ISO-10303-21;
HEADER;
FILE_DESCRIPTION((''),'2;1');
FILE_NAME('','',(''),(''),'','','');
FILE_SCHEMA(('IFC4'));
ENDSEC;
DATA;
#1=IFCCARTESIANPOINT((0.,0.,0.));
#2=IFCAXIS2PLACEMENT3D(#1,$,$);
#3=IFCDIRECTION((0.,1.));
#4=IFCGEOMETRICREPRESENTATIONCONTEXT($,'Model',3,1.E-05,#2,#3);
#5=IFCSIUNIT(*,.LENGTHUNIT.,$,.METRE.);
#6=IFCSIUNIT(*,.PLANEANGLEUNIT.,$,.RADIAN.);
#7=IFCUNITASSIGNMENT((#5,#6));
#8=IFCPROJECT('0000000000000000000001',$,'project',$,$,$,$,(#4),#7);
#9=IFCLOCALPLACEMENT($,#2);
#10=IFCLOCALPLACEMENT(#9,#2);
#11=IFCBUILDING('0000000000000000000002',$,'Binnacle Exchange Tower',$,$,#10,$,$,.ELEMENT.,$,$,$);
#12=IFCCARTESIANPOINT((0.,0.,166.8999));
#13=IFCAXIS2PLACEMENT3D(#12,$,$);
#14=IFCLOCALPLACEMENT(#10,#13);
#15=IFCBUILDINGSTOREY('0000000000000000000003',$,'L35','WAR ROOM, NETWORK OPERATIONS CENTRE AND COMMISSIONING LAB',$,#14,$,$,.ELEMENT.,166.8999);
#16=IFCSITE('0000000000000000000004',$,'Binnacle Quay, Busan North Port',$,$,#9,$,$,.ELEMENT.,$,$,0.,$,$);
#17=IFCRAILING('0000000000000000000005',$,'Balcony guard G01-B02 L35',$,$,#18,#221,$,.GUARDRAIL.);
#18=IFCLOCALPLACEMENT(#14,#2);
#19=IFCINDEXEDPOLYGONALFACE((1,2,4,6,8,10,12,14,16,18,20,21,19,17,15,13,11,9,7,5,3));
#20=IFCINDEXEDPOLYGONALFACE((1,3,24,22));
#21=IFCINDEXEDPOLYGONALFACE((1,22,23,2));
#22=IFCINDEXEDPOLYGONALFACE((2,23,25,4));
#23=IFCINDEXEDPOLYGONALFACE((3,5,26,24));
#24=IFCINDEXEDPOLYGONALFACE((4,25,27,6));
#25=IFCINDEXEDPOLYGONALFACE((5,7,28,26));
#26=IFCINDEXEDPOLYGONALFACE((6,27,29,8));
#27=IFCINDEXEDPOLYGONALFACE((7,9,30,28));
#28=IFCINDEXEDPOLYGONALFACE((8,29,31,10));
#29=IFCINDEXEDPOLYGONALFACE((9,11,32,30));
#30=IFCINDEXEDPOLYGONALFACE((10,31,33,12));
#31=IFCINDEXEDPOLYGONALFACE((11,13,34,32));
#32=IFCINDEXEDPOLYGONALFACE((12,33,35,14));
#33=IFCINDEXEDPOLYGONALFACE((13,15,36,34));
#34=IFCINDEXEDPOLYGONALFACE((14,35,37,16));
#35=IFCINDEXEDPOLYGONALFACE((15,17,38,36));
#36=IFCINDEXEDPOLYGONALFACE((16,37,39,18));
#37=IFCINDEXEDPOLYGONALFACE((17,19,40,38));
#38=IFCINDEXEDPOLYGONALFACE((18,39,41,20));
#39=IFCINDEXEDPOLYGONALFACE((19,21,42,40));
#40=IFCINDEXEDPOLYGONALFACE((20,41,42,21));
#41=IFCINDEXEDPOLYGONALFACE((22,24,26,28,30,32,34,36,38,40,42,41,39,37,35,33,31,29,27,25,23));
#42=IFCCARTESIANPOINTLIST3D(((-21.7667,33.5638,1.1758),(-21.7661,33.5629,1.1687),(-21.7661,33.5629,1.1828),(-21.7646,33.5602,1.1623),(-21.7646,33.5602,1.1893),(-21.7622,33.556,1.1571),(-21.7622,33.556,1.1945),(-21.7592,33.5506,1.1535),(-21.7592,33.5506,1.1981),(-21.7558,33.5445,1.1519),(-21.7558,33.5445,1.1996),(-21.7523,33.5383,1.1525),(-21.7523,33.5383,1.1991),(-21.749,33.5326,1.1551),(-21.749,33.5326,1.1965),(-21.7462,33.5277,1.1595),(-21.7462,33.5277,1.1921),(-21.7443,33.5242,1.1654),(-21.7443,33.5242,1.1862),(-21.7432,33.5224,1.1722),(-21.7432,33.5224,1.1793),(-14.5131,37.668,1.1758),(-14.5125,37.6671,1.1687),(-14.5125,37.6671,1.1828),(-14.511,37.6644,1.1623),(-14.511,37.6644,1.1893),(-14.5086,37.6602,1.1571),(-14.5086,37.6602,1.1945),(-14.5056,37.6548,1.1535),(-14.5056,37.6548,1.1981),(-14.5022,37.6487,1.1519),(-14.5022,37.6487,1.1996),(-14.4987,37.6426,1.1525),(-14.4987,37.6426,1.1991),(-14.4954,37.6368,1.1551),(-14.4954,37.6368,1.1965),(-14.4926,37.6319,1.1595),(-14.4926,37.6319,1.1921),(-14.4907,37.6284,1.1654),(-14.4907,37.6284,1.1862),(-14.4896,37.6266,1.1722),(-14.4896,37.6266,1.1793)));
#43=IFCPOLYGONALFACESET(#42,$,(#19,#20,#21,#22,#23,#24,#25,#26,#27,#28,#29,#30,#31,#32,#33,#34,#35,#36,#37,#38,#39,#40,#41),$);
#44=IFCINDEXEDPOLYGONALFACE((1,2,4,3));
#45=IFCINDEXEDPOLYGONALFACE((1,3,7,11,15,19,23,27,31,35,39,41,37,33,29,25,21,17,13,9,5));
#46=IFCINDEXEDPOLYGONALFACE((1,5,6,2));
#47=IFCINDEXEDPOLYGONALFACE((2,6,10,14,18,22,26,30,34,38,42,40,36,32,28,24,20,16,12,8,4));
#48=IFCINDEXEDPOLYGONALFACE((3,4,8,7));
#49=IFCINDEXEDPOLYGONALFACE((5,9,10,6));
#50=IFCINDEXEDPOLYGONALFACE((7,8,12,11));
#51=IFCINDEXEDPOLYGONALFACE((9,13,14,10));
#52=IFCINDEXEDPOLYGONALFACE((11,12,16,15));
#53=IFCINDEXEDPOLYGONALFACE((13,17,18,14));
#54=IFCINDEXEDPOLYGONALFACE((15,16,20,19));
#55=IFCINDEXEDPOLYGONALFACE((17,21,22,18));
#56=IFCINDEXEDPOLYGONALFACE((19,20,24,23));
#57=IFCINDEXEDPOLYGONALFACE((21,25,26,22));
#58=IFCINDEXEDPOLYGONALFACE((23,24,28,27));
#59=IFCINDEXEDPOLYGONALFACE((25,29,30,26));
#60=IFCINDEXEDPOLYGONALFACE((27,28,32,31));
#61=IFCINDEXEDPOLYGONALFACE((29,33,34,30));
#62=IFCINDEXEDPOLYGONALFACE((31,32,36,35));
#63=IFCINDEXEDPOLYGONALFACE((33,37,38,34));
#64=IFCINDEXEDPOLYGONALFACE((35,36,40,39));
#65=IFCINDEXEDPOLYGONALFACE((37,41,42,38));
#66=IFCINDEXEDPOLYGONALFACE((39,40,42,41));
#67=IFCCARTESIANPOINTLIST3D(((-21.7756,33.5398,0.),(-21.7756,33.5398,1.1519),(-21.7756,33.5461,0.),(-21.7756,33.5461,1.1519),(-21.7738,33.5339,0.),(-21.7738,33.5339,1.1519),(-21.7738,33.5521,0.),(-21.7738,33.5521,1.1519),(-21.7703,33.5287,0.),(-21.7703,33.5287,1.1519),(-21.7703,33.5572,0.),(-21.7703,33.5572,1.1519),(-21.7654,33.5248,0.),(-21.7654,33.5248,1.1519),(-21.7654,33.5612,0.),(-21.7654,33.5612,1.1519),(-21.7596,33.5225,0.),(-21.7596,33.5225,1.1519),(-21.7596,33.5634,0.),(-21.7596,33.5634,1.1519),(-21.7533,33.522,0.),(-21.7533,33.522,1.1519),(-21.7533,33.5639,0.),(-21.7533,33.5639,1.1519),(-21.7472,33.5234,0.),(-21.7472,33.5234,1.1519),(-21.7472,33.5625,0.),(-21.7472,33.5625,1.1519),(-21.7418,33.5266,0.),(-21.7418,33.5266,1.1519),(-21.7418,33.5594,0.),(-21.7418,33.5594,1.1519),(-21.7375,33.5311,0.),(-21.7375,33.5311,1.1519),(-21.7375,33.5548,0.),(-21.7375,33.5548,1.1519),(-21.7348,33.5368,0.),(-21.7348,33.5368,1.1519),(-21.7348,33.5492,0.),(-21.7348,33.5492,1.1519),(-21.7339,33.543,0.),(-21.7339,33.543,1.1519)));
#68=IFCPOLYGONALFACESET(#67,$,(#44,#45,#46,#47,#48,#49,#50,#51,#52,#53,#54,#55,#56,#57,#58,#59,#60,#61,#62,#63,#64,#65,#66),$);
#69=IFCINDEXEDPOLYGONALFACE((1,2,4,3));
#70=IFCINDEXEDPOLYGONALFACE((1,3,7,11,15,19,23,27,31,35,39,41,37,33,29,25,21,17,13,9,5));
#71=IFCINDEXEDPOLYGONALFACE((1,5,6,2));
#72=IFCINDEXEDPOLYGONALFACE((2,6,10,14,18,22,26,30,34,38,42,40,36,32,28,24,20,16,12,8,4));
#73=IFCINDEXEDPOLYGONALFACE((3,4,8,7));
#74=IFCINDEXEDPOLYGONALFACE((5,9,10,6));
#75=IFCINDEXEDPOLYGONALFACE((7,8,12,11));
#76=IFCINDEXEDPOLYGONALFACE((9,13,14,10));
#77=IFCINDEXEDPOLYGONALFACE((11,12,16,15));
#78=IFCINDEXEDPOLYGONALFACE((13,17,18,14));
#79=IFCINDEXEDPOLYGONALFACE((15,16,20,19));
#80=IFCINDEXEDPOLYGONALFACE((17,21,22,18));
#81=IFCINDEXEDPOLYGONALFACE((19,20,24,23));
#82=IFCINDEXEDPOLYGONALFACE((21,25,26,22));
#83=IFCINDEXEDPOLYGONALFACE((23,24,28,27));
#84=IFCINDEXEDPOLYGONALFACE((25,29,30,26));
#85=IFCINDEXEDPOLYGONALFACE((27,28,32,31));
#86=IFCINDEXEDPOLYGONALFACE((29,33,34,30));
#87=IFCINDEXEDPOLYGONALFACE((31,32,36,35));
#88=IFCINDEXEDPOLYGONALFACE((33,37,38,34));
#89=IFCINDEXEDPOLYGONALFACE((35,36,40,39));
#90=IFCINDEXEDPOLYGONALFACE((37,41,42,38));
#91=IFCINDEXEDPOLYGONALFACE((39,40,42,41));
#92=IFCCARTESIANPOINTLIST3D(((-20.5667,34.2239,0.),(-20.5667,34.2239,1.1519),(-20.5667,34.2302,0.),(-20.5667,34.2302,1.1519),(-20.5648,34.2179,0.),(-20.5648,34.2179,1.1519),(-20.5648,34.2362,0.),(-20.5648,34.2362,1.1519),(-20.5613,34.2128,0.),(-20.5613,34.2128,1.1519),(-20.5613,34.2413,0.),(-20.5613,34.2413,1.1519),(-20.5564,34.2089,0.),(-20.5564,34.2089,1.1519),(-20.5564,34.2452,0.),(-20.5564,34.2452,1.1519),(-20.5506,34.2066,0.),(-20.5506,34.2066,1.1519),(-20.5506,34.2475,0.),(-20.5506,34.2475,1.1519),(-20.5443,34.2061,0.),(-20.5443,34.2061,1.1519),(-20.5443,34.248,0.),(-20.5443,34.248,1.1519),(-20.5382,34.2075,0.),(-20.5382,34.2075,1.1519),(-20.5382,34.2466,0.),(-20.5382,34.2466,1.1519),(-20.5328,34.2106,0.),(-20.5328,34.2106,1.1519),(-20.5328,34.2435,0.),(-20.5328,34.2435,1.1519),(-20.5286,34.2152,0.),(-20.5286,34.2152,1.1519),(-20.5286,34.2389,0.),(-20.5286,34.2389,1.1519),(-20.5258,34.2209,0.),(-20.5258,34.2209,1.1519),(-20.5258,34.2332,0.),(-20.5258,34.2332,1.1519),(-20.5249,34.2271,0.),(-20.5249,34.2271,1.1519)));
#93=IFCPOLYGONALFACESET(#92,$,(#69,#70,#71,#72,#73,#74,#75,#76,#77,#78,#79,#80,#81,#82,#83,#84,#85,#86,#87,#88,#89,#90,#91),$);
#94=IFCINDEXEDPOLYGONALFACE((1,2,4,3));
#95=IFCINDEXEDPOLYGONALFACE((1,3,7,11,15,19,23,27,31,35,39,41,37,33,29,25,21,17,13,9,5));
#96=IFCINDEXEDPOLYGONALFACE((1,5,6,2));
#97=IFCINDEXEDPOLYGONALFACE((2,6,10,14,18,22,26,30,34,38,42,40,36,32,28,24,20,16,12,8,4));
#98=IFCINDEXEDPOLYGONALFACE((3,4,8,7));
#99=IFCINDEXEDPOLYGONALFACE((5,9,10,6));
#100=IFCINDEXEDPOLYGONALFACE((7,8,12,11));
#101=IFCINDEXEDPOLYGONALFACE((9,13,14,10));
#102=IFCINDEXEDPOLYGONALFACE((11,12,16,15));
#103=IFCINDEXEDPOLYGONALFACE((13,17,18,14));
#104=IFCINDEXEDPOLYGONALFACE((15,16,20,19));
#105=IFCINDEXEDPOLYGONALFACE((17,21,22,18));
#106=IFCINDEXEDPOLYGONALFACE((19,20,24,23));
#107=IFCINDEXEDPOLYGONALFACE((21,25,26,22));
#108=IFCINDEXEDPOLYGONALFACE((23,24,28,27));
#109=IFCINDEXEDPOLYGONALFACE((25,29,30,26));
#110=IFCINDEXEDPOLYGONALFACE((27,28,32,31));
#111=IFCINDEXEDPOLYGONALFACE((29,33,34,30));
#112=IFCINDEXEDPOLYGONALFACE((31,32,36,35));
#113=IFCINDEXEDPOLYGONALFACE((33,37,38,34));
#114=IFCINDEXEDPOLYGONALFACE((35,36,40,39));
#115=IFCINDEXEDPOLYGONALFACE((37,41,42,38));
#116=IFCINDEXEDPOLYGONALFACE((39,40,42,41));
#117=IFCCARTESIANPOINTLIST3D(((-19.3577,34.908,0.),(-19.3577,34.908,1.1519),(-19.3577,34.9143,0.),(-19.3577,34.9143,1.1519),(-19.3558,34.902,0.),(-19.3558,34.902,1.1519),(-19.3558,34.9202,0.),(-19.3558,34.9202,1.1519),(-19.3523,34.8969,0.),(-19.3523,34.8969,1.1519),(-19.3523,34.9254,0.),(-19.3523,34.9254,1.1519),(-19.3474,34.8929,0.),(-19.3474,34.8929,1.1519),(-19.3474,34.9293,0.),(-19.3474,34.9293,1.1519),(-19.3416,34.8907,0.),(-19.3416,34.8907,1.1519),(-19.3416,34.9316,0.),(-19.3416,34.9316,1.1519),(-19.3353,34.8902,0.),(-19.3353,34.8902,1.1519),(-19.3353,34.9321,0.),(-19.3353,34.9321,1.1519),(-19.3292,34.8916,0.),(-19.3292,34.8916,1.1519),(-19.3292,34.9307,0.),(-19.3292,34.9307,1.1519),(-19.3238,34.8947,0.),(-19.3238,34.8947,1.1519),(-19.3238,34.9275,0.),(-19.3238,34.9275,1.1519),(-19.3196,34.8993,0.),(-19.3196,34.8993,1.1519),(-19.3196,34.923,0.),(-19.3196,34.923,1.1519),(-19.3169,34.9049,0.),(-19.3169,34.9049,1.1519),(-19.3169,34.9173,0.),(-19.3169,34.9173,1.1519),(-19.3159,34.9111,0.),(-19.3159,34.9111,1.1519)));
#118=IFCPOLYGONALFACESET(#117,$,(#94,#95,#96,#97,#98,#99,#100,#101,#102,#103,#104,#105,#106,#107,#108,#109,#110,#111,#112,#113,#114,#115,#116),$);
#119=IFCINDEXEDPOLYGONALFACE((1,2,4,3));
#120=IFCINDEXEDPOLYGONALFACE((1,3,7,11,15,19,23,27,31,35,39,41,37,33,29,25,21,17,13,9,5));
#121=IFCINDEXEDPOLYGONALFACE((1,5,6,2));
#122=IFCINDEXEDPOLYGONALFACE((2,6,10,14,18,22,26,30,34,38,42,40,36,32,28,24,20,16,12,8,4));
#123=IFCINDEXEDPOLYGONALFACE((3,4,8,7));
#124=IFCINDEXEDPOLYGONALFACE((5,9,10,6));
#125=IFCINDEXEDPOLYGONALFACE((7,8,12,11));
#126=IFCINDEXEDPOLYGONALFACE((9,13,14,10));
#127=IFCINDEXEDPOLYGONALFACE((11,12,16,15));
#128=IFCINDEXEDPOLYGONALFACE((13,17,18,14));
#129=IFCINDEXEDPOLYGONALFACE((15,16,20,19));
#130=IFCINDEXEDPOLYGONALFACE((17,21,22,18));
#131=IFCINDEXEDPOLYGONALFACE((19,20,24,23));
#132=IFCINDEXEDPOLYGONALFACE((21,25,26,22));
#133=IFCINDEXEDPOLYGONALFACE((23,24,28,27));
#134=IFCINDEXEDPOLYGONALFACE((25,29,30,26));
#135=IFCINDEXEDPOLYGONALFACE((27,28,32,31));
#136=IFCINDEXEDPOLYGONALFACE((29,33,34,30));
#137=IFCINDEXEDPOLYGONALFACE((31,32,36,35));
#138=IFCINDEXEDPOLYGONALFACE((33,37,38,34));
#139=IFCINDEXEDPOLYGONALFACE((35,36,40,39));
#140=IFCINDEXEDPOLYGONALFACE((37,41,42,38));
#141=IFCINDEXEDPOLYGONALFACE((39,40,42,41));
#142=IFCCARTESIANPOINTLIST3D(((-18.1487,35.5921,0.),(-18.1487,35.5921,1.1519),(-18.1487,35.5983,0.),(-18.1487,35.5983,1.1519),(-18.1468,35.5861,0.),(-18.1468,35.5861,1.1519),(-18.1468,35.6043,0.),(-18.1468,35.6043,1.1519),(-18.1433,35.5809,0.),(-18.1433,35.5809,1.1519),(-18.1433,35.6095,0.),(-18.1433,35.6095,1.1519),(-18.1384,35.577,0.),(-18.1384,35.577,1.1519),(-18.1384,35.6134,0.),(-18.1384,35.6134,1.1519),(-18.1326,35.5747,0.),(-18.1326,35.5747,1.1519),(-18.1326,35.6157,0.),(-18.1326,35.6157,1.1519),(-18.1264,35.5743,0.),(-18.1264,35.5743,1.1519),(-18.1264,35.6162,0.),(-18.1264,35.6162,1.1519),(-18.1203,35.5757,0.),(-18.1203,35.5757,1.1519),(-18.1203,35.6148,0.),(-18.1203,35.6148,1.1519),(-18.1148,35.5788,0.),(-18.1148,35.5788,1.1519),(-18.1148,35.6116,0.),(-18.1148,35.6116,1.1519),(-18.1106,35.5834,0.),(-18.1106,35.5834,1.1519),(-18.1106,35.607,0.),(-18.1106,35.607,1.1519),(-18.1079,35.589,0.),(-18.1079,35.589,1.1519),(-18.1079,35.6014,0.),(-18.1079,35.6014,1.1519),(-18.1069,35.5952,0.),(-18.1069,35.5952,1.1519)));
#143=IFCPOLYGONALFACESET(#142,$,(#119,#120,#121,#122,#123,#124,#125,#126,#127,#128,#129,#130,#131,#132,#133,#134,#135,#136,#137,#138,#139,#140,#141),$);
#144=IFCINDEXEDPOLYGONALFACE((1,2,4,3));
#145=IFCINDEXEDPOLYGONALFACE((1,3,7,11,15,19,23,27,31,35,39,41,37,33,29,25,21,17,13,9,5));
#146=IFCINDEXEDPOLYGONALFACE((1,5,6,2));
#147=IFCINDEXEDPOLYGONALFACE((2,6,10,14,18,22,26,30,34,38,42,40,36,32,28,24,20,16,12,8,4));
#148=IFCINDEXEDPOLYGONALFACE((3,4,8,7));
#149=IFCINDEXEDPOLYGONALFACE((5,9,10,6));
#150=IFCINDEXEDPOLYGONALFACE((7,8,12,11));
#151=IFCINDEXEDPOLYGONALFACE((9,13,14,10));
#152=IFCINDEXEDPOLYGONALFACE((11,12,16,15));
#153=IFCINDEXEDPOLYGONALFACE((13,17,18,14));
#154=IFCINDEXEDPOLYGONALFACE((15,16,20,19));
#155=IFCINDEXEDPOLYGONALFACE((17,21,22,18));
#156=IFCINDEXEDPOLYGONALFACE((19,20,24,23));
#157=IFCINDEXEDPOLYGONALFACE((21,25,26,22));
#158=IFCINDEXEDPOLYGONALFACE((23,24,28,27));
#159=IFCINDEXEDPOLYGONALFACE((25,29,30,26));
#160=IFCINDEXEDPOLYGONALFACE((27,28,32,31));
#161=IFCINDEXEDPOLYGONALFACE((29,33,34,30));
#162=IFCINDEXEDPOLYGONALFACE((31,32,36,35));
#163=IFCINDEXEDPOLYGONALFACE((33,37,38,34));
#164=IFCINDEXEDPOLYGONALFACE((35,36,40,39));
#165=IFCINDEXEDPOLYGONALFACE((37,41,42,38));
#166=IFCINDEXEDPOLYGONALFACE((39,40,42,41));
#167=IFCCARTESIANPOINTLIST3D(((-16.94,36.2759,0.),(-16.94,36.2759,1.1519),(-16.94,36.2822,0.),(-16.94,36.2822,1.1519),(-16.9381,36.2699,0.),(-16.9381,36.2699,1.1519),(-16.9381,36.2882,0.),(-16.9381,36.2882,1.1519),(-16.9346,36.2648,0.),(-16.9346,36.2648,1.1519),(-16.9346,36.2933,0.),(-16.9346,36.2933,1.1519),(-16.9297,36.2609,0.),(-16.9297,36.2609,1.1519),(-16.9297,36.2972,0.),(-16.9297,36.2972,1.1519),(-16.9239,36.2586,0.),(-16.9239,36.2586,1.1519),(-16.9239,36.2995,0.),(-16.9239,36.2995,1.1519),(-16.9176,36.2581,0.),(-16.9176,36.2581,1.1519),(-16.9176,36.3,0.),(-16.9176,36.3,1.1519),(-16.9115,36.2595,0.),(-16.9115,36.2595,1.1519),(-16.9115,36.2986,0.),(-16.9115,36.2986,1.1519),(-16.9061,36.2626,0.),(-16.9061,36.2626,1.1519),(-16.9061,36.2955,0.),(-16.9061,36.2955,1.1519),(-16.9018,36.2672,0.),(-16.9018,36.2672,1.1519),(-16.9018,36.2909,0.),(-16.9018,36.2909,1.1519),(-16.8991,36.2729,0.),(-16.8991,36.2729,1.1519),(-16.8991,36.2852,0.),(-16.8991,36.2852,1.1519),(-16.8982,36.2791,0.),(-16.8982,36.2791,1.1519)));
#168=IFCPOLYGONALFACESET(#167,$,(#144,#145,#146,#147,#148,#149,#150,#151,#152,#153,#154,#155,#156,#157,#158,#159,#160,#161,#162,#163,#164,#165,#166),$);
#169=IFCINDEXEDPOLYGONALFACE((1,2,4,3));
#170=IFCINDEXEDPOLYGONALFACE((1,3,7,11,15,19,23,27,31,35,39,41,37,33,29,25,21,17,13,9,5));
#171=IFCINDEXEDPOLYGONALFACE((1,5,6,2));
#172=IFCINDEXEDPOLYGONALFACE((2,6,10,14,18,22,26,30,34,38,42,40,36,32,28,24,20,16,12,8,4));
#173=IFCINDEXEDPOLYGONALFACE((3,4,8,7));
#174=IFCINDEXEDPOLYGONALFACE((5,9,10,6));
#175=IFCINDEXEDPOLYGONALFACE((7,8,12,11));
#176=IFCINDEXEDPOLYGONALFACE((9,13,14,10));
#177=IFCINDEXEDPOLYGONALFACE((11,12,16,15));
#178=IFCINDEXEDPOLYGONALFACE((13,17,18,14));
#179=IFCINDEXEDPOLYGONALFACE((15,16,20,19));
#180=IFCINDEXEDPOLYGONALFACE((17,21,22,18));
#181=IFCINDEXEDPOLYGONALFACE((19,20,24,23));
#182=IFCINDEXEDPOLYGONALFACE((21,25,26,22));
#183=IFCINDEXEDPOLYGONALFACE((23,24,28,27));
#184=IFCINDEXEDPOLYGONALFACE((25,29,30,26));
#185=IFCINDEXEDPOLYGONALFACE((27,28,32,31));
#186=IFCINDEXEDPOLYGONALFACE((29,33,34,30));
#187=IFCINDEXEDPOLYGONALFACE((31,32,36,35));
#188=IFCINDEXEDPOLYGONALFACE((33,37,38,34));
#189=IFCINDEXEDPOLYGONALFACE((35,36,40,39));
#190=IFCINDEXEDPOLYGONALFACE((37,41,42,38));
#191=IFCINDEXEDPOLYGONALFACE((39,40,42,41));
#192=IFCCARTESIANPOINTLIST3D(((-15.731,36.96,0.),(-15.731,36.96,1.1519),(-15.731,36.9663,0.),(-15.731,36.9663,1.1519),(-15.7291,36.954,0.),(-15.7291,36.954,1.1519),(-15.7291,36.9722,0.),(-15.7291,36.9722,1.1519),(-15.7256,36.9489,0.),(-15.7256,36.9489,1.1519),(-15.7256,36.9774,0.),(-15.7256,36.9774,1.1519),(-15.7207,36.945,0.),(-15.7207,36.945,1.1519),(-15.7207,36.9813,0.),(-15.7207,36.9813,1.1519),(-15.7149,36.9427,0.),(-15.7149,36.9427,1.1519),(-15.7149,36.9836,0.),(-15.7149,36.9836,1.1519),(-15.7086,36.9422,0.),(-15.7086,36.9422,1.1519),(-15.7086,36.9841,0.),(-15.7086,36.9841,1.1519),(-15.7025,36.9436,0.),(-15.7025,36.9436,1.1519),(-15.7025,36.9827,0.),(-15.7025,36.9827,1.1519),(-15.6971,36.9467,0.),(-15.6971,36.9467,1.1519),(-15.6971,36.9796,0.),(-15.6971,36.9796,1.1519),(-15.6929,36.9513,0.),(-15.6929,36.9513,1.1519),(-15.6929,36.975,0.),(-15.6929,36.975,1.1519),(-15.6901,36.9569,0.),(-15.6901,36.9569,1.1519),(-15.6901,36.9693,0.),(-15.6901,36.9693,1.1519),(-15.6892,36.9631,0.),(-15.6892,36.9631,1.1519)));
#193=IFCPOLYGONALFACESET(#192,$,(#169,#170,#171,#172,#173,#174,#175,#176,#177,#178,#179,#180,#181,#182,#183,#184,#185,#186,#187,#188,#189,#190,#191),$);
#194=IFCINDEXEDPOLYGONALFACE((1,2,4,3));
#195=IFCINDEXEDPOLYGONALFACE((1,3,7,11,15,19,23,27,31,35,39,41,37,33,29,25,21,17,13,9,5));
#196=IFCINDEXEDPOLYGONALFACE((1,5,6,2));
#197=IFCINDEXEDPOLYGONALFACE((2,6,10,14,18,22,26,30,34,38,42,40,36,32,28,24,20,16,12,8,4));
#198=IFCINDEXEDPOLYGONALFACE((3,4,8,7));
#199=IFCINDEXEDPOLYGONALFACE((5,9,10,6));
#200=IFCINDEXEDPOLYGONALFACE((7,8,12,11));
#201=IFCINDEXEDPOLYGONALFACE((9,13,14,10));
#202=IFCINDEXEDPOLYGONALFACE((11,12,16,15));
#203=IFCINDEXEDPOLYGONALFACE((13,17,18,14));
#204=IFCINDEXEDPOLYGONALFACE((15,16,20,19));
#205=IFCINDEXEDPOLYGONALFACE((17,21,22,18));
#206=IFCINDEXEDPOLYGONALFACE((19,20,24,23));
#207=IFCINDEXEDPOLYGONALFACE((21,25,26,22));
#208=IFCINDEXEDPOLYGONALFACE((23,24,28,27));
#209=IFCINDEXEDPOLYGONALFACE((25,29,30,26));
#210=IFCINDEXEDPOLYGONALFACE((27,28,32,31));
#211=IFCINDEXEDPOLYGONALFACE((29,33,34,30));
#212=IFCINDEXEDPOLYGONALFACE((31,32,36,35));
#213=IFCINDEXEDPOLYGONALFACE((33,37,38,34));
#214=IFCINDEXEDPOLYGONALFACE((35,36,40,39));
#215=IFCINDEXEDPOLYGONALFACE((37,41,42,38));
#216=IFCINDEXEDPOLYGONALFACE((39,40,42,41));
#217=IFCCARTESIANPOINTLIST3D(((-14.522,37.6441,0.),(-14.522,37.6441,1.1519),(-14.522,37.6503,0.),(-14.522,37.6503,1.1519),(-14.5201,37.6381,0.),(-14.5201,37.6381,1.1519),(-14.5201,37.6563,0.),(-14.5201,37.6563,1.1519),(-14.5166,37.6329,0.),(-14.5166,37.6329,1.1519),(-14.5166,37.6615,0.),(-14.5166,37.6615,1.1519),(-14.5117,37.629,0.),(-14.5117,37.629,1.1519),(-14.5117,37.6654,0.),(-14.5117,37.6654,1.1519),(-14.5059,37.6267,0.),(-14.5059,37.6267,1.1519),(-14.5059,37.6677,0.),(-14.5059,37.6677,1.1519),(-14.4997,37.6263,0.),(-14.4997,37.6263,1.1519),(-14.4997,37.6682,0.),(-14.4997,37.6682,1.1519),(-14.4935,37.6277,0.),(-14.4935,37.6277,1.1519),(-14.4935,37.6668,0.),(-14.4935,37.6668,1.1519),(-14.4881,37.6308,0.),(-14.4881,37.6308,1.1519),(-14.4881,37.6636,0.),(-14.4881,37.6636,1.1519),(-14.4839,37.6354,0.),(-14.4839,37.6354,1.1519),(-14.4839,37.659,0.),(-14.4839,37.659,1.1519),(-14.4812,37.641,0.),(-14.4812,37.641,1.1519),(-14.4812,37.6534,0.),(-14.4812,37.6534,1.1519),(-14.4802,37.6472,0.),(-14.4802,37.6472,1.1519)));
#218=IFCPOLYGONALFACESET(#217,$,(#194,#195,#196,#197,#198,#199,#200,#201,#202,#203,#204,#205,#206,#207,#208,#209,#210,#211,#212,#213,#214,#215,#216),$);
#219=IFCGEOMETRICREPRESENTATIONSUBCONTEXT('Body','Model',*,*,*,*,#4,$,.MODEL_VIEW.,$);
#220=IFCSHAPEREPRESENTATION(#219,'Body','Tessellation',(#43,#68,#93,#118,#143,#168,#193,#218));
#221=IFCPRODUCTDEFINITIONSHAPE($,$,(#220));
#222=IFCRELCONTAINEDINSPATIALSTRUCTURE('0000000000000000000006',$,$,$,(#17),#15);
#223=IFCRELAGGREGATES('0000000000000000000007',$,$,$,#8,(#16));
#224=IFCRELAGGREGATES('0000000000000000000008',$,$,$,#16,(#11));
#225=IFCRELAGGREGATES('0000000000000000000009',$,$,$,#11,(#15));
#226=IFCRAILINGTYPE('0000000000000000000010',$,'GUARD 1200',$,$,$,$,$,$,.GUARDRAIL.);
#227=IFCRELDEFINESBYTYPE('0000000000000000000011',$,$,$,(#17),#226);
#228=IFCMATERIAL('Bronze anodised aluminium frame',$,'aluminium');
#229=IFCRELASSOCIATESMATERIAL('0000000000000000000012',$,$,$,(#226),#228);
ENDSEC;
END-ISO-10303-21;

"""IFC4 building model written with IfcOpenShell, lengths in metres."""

from ifc_helpers import new_model, si_unit, direction, frame, origin, origin_2d, place, context, subcontext, project, spatial, circle, extrude, material, type_object, element, save


model = new_model("IFC4")

# Units and contexts
model_context = context("Model", 3, precision=1e-05, world=origin(), true_north=direction((0.0, 1.0)))
body_context = subcontext(model_context, "Body", "Model", "MODEL_VIEW")
ifc_project = project(units=[si_unit("LENGTHUNIT", "METRE"), si_unit("PLANEANGLEUNIT", "RADIAN")], contexts=[model_context])

# Site, building, storey
site_placement = place(None, origin())
site = spatial("IfcSite", under=ifc_project, at=site_placement, Name="Binnacle Quay, Busan North Port", CompositionType="ELEMENT", RefElevation=0.0)
building_placement = place(site_placement, origin())
building = spatial("IfcBuilding", under=site, at=building_placement, Name="Binnacle Exchange Tower", CompositionType="ELEMENT")
storey_placement = place(building_placement, frame((0.0, 0.0, 166.8999)))
storey = spatial("IfcBuildingStorey", under=building, at=storey_placement, Name="L35", Description="WAR ROOM, NETWORK OPERATIONS CENTRE AND COMMISSIONING LAB", CompositionType="ELEMENT", Elevation=166.8999)

# Railing
ifc_material_1 = material(Name="Bronze anodised aluminium frame", Category="aluminium")
railing_type_1 = type_object("IfcRailingType", Name="GUARD 1200", PredefinedType="GUARDRAIL", material=ifc_material_1)
railing_1_placement = place(storey_placement, frame((-21.7549, 33.543, 0.0)))
element("IfcRailing", 1, at=railing_1_placement, inside=storey, type_object=railing_type_1, Name="Balcony guard G01-B02 L35", PredefinedType="GUARDRAIL", context=body_context, shape_type="SweptSolid", body=[
    extrude(circle(Radius=0.0239, at=origin_2d()), frame((0.0, 0.0, 1.1758), z_axis=(0.870339, 0.492453, 0.0), x_axis=(-0.492453, 0.870339, 0.0)), (0.0, 0.0, 1.0), 8.3342),
    extrude(circle(Radius=0.021, at=origin_2d()), origin(), (0.0, 0.0, 1.0), 1.1519),
    extrude(circle(Radius=0.021, at=origin_2d()), frame((1.209, 0.6841, 0.0)), (0.0, 0.0, 1.0), 1.1519),
    extrude(circle(Radius=0.021, at=origin_2d()), frame((2.418, 1.3682, 0.0)), (0.0, 0.0, 1.0), 1.1519),
    extrude(circle(Radius=0.021, at=origin_2d()), frame((3.627, 2.0522, 0.0)), (0.0, 0.0, 1.0), 1.1519),
    extrude(circle(Radius=0.021, at=origin_2d()), frame((4.8357, 2.7361, 0.0)), (0.0, 0.0, 1.0), 1.1519),
    extrude(circle(Radius=0.021, at=origin_2d()), frame((6.0447, 3.4202, 0.0)), (0.0, 0.0, 1.0), 1.1519),
    extrude(circle(Radius=0.021, at=origin_2d()), frame((7.2537, 4.1042, 0.0)), (0.0, 0.0, 1.0), 1.1519),
])

save(model, "model.ifc")
